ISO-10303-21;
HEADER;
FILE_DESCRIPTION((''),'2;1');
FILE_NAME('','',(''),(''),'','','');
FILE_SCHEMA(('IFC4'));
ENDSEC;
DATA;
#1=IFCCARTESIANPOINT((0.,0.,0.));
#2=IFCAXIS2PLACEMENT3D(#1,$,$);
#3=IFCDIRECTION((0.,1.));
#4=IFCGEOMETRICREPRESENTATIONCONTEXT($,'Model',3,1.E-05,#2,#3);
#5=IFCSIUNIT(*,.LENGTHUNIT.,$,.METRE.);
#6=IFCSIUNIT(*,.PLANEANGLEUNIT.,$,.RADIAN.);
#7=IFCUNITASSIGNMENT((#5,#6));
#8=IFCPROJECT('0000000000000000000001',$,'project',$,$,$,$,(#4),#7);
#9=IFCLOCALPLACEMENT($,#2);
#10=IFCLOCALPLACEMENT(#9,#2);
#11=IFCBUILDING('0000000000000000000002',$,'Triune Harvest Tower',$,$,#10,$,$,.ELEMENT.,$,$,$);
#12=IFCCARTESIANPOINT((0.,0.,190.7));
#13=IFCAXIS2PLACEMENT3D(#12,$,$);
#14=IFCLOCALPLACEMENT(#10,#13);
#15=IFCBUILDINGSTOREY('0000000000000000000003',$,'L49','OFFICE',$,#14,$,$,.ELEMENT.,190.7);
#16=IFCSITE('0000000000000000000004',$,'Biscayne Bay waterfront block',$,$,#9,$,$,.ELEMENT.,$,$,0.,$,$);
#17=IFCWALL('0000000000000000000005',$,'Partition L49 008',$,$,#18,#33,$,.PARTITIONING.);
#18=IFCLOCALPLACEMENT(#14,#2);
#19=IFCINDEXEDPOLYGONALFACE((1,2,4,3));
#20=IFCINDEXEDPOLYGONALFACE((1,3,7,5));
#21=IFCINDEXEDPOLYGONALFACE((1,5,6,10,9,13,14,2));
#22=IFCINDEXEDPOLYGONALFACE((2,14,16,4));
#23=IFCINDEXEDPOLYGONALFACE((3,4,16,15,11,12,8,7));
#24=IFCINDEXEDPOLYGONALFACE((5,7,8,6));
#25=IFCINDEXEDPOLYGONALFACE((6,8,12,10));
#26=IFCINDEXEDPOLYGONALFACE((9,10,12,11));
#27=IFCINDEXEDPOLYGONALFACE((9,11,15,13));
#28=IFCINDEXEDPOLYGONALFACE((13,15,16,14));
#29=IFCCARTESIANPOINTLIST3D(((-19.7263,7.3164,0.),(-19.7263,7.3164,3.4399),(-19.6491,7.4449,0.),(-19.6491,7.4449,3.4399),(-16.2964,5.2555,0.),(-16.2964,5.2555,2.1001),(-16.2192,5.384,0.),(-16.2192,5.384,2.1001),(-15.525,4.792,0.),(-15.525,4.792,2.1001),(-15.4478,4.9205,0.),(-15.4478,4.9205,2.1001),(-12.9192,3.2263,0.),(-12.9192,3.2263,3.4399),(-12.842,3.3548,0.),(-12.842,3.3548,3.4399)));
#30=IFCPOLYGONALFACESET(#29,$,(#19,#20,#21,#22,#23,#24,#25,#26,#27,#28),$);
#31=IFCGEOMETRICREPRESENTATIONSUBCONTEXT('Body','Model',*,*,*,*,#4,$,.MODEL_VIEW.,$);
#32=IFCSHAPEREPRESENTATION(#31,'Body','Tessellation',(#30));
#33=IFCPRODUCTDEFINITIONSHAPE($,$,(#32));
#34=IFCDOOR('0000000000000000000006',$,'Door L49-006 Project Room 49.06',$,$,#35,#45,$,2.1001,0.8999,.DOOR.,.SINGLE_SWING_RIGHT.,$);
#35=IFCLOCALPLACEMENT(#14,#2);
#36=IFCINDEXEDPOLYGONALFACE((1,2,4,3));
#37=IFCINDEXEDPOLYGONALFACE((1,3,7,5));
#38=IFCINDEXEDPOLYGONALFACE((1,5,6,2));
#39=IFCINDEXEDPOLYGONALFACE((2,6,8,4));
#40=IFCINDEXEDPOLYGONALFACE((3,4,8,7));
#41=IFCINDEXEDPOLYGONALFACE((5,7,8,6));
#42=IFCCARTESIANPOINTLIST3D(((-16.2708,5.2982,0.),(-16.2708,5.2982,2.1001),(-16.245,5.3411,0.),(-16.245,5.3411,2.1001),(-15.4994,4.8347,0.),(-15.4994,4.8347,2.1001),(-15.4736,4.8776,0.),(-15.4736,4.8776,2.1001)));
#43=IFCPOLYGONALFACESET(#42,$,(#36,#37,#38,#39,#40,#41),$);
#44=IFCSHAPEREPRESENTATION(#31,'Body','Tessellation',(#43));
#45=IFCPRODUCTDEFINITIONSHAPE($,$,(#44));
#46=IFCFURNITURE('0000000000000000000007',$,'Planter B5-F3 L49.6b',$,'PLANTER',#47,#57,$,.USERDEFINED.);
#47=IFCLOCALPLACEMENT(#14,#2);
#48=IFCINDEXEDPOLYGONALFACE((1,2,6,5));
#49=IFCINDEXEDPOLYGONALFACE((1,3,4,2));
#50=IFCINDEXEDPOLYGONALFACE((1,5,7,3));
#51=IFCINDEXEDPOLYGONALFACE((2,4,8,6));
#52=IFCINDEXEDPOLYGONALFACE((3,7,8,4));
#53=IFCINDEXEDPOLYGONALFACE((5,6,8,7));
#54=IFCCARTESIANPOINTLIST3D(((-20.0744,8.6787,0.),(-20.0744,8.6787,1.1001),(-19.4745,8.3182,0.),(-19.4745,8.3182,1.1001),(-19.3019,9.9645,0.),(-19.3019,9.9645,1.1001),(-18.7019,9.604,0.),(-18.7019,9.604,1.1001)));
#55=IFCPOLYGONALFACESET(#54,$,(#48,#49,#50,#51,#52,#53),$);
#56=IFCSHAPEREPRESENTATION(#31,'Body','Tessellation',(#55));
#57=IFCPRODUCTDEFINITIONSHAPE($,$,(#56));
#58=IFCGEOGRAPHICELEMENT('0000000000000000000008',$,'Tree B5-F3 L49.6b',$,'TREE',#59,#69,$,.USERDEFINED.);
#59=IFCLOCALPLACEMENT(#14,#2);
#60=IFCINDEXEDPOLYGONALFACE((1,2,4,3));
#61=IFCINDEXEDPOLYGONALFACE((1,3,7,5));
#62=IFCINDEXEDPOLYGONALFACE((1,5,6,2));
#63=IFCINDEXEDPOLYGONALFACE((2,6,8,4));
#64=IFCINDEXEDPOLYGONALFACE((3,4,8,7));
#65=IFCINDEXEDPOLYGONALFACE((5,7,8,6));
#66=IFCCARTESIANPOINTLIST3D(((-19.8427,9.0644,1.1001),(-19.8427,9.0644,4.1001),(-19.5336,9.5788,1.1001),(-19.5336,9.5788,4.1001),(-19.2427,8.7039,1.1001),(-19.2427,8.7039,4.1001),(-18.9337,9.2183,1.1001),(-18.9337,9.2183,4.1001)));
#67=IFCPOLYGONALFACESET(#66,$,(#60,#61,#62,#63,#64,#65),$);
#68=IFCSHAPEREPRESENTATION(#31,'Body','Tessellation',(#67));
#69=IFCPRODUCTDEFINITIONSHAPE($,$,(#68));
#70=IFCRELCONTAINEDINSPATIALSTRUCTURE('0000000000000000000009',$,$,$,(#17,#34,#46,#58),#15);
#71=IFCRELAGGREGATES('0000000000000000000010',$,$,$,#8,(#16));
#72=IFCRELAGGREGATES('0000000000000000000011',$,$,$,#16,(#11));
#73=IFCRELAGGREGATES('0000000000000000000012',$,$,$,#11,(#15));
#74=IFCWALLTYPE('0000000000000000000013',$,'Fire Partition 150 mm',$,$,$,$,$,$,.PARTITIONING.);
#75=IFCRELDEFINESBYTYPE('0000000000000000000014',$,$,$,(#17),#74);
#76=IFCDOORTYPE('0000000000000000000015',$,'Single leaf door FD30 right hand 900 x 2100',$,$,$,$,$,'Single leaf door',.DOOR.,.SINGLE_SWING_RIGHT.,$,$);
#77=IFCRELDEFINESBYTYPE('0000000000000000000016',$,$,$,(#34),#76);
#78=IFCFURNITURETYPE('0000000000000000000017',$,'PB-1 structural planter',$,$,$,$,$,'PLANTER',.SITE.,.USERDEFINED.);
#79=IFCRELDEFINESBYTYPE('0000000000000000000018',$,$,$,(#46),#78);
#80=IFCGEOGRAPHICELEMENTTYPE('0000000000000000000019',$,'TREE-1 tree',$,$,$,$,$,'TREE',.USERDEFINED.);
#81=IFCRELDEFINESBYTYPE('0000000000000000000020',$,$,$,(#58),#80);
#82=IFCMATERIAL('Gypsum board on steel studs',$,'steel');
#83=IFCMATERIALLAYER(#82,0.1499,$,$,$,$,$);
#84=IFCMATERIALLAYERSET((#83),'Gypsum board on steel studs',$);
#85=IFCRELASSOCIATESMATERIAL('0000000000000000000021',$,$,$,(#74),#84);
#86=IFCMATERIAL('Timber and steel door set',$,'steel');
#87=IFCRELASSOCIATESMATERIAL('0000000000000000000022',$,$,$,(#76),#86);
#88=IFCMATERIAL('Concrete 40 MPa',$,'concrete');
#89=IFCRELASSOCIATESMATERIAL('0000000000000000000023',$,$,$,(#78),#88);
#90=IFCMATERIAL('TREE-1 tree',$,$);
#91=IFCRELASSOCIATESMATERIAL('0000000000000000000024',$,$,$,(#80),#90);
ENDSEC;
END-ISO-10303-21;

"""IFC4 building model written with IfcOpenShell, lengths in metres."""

from ifc_helpers import new_model, si_unit, direction, frame, frame_2d, origin, origin_2d, place, context, subcontext, project, spatial, rectangle, extrude, source, transform, mapped, material, layer, layer_set, type_object, element, fill, save


model = new_model("IFC4")

# Units and contexts
model_context = context("Model", 3, precision=1e-05, world=origin(), true_north=direction((0.0, 1.0)))
body_context = subcontext(model_context, "Body", "Model", "MODEL_VIEW")
ifc_project = project(units=[si_unit("LENGTHUNIT", "METRE"), si_unit("PLANEANGLEUNIT", "RADIAN")], contexts=[model_context])

# Site, building, storey
site_placement = place(None, origin())
site = spatial("IfcSite", under=ifc_project, at=site_placement, Name="Biscayne Bay waterfront block", CompositionType="ELEMENT", RefElevation=0.0)
building_placement = place(site_placement, origin())
building = spatial("IfcBuilding", under=site, at=building_placement, Name="Triune Harvest Tower", CompositionType="ELEMENT")
storey_placement = place(building_placement, frame((0.0, 0.0, 190.7)))
storey = spatial("IfcBuildingStorey", under=building, at=storey_placement, Name="L49", Description="OFFICE", CompositionType="ELEMENT", Elevation=190.7)

# Wall, opening, door
ifc_material_1 = material(Name="Gypsum board on steel studs", Category="steel")
ifc_layer_1 = layer(ifc_material_1, 0.1499)
ifc_layer_set_1 = layer_set([ifc_layer_1], Name="Gypsum board on steel studs")
wall_type_1 = type_object("IfcWallType", Name="Fire Partition 150 mm", PredefinedType="PARTITIONING", material=ifc_layer_set_1)
wall_1_placement = place(storey_placement, frame((-19.6877, 7.3806, 0.0), z_axis=(0.0, 0.0, 1.0), x_axis=(0.85717, -0.515034, 0.0)))
wall_1 = element("IfcWall", 1, at=wall_1_placement, inside=storey, type_object=wall_type_1, Name="Partition L49 008", PredefinedType="PARTITIONING", context=body_context, shape_type="SweptSolid", body=[
    extrude(rectangle(XDim=7.9414, YDim=0.1499, at=frame_2d((3.9707, 0.0))), origin(), (0.0, 0.0, 1.0), 3.4399),
])
opening_1_placement = place(wall_1_placement, frame((4.0015, 0.0, 0.0)))
opening_1 = element("IfcOpeningElement", 2, at=opening_1_placement, cuts=wall_1, PredefinedType="OPENING", context=body_context, shape_type="SweptSolid", body=[
    extrude(rectangle(XDim=0.8999, YDim=2.1001, at=frame_2d((0.45, 1.05))), frame((0.0, 0.085, 0.0), z_axis=(0.0, -1.0, 0.0), x_axis=(1.0, 0.0, 0.0)), (0.0, 0.0, 1.0), 0.1699),
])
ifc_material_2 = material(Name="Timber and steel door set", Category="steel")
door_type_1 = type_object("IfcDoorType", Name="Single leaf door FD30 right hand 900 x 2100", ElementType="Single leaf door", OperationType="SINGLE_SWING_RIGHT", PredefinedType="DOOR", material=ifc_material_2)
door_1_placement = place(opening_1_placement, origin())
door_1 = element("IfcDoor", 3, at=door_1_placement, inside=storey, type_object=door_type_1, Name="Door L49-006 Project Room 49.06", OperationType="SINGLE_SWING_RIGHT", OverallHeight=2.1001, OverallWidth=0.8999, PredefinedType="DOOR", context=body_context, shape_type="SweptSolid", body=[
    extrude(rectangle(XDim=0.8999, YDim=2.1001, at=frame_2d((0.45, 1.05))), frame((0.0, 0.0249, 0.0), z_axis=(0.0, -1.0, 0.0), x_axis=(1.0, 0.0, 0.0)), (0.0, 0.0, 1.0), 0.05),
])
fill(opening_1, door_1)

# Furniture
ifc_material_3 = material(Name="Concrete 40 MPa", Category="concrete")
furniture_type = type_object("IfcFurnitureType", Name="PB-1 structural planter", ElementType="PLANTER", AssemblyPlace="SITE", PredefinedType="USERDEFINED", material=ifc_material_3)
shared_shape_1 = source(origin(), body_context, "Body", "SweptSolid", [
    extrude(rectangle(XDim=1.5, YDim=0.7, at=origin_2d()), origin(), (0.0, 0.0, 1.0), 1.1001),
])
furniture_placement = place(storey_placement, frame((-19.3882, 9.1414, 0.0), z_axis=(0.0, 0.0, 1.0), x_axis=(-0.515037, -0.857168, 0.0)))
element("IfcFurniture", 4, at=furniture_placement, inside=storey, type_object=furniture_type, Name="Planter B5-F3 L49.6b", ObjectType="PLANTER", PredefinedType="USERDEFINED", context=body_context, shape_type="MappedRepresentation", body=[
    mapped(shared_shape_1, transform((0.0, 0.0, 0.0), scale=1.0)),
])

# Geographic element
ifc_material_4 = material(Name="TREE-1 tree")
geographic_element_type = type_object("IfcGeographicElementType", Name="TREE-1 tree", ElementType="TREE", PredefinedType="USERDEFINED", material=ifc_material_4)
shared_shape_2 = source(origin(), body_context, "Body", "SweptSolid", [
    extrude(rectangle(XDim=0.6001, YDim=0.7, at=origin_2d()), origin(), (0.0, 0.0, 1.0), 3.0),
])
geographic_element_placement = place(storey_placement, frame((-19.3882, 9.1414, 1.1001), z_axis=(0.0, 0.0, 1.0), x_axis=(-0.515037, -0.857168, 0.0)))
element("IfcGeographicElement", 5, at=geographic_element_placement, inside=storey, type_object=geographic_element_type, Name="Tree B5-F3 L49.6b", ObjectType="TREE", PredefinedType="USERDEFINED", context=body_context, shape_type="MappedRepresentation", body=[
    mapped(shared_shape_2, transform((0.0, 0.0, 0.0), scale=1.0)),
])

save(model, "model.ifc")
